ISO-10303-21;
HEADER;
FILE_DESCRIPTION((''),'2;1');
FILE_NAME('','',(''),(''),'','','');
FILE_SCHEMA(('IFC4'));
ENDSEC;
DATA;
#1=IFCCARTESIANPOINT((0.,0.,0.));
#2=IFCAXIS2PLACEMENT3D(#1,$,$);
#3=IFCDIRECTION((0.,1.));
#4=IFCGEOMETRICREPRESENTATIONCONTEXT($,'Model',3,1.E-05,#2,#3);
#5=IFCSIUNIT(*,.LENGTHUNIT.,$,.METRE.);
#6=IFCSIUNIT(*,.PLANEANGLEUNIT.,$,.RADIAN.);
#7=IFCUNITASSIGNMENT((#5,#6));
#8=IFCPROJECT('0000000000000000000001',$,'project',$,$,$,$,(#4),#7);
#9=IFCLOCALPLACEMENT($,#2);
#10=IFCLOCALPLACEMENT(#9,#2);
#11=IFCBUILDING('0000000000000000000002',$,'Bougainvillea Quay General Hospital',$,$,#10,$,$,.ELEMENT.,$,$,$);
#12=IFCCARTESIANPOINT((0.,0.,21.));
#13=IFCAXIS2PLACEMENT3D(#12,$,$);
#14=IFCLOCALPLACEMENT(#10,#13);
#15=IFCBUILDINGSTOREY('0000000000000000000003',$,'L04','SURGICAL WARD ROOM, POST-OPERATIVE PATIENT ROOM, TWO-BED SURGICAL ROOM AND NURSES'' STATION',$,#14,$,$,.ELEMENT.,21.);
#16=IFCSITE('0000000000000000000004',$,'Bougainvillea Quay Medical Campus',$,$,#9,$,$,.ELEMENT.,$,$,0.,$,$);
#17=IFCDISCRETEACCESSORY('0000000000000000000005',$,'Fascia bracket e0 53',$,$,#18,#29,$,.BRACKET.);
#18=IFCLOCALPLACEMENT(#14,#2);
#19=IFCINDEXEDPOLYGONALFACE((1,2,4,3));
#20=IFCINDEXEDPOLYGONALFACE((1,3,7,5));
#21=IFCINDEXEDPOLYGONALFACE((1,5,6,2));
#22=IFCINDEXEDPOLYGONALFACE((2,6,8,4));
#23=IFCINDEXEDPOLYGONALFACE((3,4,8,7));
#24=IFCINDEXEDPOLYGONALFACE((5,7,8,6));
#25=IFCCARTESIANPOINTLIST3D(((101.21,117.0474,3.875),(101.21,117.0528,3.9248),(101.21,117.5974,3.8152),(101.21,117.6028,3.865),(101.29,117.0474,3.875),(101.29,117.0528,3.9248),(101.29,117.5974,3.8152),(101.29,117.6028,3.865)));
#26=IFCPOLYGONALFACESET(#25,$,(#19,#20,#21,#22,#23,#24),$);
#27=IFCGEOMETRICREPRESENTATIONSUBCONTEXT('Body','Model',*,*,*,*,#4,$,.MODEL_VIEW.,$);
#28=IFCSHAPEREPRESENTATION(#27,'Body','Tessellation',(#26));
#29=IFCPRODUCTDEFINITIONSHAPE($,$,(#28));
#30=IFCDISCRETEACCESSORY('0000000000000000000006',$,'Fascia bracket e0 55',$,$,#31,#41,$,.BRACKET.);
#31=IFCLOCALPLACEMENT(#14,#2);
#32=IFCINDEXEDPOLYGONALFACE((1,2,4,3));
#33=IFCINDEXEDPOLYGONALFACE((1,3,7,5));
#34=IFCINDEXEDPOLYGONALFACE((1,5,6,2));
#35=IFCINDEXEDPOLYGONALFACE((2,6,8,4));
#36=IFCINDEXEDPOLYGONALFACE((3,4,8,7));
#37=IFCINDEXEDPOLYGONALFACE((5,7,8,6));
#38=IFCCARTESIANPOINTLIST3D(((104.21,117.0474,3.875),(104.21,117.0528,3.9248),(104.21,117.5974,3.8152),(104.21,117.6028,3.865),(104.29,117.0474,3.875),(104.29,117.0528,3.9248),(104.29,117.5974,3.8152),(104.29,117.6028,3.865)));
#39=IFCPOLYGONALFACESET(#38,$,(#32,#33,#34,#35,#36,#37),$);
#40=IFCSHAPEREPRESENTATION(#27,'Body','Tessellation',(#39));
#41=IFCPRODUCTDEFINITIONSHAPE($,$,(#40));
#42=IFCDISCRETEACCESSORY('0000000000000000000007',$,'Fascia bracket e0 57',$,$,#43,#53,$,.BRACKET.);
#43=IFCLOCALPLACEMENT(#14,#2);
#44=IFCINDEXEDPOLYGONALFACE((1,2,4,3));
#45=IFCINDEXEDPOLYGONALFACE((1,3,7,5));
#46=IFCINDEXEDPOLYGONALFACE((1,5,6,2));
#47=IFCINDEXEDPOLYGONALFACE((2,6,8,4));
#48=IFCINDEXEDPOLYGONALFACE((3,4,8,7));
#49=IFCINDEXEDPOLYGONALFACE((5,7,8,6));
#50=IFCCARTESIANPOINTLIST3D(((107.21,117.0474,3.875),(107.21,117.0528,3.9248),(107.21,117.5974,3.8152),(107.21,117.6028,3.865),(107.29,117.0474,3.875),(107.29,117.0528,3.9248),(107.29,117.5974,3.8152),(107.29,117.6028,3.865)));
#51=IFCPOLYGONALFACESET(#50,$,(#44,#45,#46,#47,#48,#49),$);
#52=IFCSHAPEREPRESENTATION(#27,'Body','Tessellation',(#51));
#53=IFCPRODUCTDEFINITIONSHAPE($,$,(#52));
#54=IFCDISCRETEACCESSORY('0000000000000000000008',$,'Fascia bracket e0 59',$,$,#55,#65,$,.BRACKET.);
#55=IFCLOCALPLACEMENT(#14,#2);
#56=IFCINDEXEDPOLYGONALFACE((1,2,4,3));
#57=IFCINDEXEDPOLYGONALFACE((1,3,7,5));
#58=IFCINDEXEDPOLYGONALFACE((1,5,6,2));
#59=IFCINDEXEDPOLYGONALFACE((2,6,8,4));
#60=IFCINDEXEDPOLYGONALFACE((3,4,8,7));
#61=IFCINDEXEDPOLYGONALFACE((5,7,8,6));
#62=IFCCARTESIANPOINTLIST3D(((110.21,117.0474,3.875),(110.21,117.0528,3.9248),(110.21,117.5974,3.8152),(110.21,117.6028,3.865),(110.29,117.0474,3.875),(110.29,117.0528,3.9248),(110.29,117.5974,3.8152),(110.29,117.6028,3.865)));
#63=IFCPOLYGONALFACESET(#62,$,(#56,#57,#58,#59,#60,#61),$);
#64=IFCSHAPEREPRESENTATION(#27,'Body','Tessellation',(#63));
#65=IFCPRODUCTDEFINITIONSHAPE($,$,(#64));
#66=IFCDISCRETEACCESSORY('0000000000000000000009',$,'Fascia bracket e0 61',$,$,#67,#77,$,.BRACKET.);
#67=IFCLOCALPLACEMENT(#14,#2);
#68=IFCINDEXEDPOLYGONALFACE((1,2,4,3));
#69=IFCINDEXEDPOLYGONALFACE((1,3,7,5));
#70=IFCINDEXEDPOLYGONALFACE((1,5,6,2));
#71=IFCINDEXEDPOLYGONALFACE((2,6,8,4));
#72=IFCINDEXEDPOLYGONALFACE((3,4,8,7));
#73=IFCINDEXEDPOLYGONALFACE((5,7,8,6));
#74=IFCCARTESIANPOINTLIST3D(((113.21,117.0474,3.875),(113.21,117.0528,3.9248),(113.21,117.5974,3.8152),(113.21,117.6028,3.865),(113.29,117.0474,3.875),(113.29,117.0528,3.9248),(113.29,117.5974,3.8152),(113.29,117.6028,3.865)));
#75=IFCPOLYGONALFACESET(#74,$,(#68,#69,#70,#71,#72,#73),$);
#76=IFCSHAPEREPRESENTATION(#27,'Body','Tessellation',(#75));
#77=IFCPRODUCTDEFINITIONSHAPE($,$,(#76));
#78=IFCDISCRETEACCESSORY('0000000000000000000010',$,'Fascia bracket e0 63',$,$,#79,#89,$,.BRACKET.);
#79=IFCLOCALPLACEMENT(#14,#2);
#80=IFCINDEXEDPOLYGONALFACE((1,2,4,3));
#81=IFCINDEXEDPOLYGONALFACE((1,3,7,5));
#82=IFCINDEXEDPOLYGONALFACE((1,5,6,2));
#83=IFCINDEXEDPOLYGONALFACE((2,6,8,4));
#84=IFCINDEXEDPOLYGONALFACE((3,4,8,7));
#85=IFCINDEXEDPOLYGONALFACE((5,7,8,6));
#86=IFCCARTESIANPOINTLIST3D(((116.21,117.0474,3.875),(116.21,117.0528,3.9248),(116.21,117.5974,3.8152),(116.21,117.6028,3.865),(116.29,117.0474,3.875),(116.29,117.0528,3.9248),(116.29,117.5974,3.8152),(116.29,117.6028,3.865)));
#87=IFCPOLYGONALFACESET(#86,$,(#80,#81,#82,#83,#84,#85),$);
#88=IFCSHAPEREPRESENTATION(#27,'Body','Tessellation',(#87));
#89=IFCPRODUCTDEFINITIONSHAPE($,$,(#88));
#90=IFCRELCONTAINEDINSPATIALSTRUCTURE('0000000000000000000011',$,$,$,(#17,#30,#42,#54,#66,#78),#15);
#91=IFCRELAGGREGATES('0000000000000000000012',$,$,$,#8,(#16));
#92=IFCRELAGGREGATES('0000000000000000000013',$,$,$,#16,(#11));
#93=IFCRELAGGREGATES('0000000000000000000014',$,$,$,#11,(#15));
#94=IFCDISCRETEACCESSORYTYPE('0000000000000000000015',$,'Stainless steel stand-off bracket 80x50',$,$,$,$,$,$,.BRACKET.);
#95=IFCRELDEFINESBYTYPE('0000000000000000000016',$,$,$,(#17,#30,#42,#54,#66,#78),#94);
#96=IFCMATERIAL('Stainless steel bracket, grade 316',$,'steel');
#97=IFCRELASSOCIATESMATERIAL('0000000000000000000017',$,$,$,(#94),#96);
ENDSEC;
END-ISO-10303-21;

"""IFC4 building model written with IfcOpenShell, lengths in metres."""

from ifc_helpers import new_model, si_unit, direction, frame, origin, origin_2d, place, context, subcontext, project, spatial, rectangle, extrude, material, material_profile, profile_set, type_object, element, save


model = new_model("IFC4")

# Units and contexts
model_context = context("Model", 3, precision=1e-05, world=origin(), true_north=direction((0.0, 1.0)))
body_context = subcontext(model_context, "Body", "Model", "MODEL_VIEW")
ifc_project = project(units=[si_unit("LENGTHUNIT", "METRE"), si_unit("PLANEANGLEUNIT", "RADIAN")], contexts=[model_context])

# Site, building, storey
site_placement = place(None, origin())
site = spatial("IfcSite", under=ifc_project, at=site_placement, Name="Bougainvillea Quay Medical Campus", CompositionType="ELEMENT", RefElevation=0.0)
building_placement = place(site_placement, origin())
building = spatial("IfcBuilding", under=site, at=building_placement, Name="Bougainvillea Quay General Hospital", CompositionType="ELEMENT")
storey_placement = place(building_placement, frame((0.0, 0.0, 21.0)))
storey = spatial("IfcBuildingStorey", under=building, at=storey_placement, Name="L04", Description="SURGICAL WARD ROOM, POST-OPERATIVE PATIENT ROOM, TWO-BED SURGICAL ROOM AND NURSES' STATION", CompositionType="ELEMENT", Elevation=21.0)

# Discrete accessories
ifc_material_1 = material(Name="Stainless steel bracket, grade 316", Category="steel")
ifc_material_profile_1 = material_profile(ifc_material_1, rectangle(XDim=0.0801, YDim=0.05, at=origin_2d()))
ifc_profile_set_1 = profile_set([ifc_material_profile_1], Name="Stainless steel bracket, grade 316")
discrete_accessory_type_1 = type_object("IfcDiscreteAccessoryType", Name="Stainless steel stand-off bracket 80x50", PredefinedType="BRACKET", material=ifc_profile_set_1)
for number, where, z_axis, x_axis, name in (
    (1, (101.25, 117.6001, 3.8401), (0.0, -0.994139, 0.108107), (1.0, 0.0, 0.0), "Fascia bracket e0 53"),
    (2, (104.25, 117.6001, 3.8401), (0.0, -0.994139, 0.108107), (1.0, 0.0, 0.0), "Fascia bracket e0 55"),
    (3, (107.25, 117.6001, 3.8401), (0.0, -0.994139, 0.108107), (1.0, 0.0, 0.0), "Fascia bracket e0 57"),
    (4, (110.25, 117.6001, 3.8401), (0.0, -0.994139, 0.108107), (1.0, 0.0, 0.0), "Fascia bracket e0 59"),
    (5, (113.25, 117.6001, 3.8401), (0.0, -0.994139, 0.108107), (1.0, 0.0, 0.0), "Fascia bracket e0 61"),
    (6, (116.25, 117.6001, 3.8401), (0.0, -0.994139, 0.108107), (1.0, 0.0, 0.0), "Fascia bracket e0 63"),
):
    element("IfcDiscreteAccessory", number, at=place(storey_placement, frame(where, z_axis=z_axis, x_axis=x_axis)), inside=storey, type_object=discrete_accessory_type_1, Name=name, PredefinedType="BRACKET", context=body_context, shape_type="SweptSolid", body=[
        extrude(rectangle(XDim=0.0801, YDim=0.05, at=origin_2d()), origin(), (0.0, 0.0, 1.0), 0.5532),
    ])

save(model, "model.ifc")
